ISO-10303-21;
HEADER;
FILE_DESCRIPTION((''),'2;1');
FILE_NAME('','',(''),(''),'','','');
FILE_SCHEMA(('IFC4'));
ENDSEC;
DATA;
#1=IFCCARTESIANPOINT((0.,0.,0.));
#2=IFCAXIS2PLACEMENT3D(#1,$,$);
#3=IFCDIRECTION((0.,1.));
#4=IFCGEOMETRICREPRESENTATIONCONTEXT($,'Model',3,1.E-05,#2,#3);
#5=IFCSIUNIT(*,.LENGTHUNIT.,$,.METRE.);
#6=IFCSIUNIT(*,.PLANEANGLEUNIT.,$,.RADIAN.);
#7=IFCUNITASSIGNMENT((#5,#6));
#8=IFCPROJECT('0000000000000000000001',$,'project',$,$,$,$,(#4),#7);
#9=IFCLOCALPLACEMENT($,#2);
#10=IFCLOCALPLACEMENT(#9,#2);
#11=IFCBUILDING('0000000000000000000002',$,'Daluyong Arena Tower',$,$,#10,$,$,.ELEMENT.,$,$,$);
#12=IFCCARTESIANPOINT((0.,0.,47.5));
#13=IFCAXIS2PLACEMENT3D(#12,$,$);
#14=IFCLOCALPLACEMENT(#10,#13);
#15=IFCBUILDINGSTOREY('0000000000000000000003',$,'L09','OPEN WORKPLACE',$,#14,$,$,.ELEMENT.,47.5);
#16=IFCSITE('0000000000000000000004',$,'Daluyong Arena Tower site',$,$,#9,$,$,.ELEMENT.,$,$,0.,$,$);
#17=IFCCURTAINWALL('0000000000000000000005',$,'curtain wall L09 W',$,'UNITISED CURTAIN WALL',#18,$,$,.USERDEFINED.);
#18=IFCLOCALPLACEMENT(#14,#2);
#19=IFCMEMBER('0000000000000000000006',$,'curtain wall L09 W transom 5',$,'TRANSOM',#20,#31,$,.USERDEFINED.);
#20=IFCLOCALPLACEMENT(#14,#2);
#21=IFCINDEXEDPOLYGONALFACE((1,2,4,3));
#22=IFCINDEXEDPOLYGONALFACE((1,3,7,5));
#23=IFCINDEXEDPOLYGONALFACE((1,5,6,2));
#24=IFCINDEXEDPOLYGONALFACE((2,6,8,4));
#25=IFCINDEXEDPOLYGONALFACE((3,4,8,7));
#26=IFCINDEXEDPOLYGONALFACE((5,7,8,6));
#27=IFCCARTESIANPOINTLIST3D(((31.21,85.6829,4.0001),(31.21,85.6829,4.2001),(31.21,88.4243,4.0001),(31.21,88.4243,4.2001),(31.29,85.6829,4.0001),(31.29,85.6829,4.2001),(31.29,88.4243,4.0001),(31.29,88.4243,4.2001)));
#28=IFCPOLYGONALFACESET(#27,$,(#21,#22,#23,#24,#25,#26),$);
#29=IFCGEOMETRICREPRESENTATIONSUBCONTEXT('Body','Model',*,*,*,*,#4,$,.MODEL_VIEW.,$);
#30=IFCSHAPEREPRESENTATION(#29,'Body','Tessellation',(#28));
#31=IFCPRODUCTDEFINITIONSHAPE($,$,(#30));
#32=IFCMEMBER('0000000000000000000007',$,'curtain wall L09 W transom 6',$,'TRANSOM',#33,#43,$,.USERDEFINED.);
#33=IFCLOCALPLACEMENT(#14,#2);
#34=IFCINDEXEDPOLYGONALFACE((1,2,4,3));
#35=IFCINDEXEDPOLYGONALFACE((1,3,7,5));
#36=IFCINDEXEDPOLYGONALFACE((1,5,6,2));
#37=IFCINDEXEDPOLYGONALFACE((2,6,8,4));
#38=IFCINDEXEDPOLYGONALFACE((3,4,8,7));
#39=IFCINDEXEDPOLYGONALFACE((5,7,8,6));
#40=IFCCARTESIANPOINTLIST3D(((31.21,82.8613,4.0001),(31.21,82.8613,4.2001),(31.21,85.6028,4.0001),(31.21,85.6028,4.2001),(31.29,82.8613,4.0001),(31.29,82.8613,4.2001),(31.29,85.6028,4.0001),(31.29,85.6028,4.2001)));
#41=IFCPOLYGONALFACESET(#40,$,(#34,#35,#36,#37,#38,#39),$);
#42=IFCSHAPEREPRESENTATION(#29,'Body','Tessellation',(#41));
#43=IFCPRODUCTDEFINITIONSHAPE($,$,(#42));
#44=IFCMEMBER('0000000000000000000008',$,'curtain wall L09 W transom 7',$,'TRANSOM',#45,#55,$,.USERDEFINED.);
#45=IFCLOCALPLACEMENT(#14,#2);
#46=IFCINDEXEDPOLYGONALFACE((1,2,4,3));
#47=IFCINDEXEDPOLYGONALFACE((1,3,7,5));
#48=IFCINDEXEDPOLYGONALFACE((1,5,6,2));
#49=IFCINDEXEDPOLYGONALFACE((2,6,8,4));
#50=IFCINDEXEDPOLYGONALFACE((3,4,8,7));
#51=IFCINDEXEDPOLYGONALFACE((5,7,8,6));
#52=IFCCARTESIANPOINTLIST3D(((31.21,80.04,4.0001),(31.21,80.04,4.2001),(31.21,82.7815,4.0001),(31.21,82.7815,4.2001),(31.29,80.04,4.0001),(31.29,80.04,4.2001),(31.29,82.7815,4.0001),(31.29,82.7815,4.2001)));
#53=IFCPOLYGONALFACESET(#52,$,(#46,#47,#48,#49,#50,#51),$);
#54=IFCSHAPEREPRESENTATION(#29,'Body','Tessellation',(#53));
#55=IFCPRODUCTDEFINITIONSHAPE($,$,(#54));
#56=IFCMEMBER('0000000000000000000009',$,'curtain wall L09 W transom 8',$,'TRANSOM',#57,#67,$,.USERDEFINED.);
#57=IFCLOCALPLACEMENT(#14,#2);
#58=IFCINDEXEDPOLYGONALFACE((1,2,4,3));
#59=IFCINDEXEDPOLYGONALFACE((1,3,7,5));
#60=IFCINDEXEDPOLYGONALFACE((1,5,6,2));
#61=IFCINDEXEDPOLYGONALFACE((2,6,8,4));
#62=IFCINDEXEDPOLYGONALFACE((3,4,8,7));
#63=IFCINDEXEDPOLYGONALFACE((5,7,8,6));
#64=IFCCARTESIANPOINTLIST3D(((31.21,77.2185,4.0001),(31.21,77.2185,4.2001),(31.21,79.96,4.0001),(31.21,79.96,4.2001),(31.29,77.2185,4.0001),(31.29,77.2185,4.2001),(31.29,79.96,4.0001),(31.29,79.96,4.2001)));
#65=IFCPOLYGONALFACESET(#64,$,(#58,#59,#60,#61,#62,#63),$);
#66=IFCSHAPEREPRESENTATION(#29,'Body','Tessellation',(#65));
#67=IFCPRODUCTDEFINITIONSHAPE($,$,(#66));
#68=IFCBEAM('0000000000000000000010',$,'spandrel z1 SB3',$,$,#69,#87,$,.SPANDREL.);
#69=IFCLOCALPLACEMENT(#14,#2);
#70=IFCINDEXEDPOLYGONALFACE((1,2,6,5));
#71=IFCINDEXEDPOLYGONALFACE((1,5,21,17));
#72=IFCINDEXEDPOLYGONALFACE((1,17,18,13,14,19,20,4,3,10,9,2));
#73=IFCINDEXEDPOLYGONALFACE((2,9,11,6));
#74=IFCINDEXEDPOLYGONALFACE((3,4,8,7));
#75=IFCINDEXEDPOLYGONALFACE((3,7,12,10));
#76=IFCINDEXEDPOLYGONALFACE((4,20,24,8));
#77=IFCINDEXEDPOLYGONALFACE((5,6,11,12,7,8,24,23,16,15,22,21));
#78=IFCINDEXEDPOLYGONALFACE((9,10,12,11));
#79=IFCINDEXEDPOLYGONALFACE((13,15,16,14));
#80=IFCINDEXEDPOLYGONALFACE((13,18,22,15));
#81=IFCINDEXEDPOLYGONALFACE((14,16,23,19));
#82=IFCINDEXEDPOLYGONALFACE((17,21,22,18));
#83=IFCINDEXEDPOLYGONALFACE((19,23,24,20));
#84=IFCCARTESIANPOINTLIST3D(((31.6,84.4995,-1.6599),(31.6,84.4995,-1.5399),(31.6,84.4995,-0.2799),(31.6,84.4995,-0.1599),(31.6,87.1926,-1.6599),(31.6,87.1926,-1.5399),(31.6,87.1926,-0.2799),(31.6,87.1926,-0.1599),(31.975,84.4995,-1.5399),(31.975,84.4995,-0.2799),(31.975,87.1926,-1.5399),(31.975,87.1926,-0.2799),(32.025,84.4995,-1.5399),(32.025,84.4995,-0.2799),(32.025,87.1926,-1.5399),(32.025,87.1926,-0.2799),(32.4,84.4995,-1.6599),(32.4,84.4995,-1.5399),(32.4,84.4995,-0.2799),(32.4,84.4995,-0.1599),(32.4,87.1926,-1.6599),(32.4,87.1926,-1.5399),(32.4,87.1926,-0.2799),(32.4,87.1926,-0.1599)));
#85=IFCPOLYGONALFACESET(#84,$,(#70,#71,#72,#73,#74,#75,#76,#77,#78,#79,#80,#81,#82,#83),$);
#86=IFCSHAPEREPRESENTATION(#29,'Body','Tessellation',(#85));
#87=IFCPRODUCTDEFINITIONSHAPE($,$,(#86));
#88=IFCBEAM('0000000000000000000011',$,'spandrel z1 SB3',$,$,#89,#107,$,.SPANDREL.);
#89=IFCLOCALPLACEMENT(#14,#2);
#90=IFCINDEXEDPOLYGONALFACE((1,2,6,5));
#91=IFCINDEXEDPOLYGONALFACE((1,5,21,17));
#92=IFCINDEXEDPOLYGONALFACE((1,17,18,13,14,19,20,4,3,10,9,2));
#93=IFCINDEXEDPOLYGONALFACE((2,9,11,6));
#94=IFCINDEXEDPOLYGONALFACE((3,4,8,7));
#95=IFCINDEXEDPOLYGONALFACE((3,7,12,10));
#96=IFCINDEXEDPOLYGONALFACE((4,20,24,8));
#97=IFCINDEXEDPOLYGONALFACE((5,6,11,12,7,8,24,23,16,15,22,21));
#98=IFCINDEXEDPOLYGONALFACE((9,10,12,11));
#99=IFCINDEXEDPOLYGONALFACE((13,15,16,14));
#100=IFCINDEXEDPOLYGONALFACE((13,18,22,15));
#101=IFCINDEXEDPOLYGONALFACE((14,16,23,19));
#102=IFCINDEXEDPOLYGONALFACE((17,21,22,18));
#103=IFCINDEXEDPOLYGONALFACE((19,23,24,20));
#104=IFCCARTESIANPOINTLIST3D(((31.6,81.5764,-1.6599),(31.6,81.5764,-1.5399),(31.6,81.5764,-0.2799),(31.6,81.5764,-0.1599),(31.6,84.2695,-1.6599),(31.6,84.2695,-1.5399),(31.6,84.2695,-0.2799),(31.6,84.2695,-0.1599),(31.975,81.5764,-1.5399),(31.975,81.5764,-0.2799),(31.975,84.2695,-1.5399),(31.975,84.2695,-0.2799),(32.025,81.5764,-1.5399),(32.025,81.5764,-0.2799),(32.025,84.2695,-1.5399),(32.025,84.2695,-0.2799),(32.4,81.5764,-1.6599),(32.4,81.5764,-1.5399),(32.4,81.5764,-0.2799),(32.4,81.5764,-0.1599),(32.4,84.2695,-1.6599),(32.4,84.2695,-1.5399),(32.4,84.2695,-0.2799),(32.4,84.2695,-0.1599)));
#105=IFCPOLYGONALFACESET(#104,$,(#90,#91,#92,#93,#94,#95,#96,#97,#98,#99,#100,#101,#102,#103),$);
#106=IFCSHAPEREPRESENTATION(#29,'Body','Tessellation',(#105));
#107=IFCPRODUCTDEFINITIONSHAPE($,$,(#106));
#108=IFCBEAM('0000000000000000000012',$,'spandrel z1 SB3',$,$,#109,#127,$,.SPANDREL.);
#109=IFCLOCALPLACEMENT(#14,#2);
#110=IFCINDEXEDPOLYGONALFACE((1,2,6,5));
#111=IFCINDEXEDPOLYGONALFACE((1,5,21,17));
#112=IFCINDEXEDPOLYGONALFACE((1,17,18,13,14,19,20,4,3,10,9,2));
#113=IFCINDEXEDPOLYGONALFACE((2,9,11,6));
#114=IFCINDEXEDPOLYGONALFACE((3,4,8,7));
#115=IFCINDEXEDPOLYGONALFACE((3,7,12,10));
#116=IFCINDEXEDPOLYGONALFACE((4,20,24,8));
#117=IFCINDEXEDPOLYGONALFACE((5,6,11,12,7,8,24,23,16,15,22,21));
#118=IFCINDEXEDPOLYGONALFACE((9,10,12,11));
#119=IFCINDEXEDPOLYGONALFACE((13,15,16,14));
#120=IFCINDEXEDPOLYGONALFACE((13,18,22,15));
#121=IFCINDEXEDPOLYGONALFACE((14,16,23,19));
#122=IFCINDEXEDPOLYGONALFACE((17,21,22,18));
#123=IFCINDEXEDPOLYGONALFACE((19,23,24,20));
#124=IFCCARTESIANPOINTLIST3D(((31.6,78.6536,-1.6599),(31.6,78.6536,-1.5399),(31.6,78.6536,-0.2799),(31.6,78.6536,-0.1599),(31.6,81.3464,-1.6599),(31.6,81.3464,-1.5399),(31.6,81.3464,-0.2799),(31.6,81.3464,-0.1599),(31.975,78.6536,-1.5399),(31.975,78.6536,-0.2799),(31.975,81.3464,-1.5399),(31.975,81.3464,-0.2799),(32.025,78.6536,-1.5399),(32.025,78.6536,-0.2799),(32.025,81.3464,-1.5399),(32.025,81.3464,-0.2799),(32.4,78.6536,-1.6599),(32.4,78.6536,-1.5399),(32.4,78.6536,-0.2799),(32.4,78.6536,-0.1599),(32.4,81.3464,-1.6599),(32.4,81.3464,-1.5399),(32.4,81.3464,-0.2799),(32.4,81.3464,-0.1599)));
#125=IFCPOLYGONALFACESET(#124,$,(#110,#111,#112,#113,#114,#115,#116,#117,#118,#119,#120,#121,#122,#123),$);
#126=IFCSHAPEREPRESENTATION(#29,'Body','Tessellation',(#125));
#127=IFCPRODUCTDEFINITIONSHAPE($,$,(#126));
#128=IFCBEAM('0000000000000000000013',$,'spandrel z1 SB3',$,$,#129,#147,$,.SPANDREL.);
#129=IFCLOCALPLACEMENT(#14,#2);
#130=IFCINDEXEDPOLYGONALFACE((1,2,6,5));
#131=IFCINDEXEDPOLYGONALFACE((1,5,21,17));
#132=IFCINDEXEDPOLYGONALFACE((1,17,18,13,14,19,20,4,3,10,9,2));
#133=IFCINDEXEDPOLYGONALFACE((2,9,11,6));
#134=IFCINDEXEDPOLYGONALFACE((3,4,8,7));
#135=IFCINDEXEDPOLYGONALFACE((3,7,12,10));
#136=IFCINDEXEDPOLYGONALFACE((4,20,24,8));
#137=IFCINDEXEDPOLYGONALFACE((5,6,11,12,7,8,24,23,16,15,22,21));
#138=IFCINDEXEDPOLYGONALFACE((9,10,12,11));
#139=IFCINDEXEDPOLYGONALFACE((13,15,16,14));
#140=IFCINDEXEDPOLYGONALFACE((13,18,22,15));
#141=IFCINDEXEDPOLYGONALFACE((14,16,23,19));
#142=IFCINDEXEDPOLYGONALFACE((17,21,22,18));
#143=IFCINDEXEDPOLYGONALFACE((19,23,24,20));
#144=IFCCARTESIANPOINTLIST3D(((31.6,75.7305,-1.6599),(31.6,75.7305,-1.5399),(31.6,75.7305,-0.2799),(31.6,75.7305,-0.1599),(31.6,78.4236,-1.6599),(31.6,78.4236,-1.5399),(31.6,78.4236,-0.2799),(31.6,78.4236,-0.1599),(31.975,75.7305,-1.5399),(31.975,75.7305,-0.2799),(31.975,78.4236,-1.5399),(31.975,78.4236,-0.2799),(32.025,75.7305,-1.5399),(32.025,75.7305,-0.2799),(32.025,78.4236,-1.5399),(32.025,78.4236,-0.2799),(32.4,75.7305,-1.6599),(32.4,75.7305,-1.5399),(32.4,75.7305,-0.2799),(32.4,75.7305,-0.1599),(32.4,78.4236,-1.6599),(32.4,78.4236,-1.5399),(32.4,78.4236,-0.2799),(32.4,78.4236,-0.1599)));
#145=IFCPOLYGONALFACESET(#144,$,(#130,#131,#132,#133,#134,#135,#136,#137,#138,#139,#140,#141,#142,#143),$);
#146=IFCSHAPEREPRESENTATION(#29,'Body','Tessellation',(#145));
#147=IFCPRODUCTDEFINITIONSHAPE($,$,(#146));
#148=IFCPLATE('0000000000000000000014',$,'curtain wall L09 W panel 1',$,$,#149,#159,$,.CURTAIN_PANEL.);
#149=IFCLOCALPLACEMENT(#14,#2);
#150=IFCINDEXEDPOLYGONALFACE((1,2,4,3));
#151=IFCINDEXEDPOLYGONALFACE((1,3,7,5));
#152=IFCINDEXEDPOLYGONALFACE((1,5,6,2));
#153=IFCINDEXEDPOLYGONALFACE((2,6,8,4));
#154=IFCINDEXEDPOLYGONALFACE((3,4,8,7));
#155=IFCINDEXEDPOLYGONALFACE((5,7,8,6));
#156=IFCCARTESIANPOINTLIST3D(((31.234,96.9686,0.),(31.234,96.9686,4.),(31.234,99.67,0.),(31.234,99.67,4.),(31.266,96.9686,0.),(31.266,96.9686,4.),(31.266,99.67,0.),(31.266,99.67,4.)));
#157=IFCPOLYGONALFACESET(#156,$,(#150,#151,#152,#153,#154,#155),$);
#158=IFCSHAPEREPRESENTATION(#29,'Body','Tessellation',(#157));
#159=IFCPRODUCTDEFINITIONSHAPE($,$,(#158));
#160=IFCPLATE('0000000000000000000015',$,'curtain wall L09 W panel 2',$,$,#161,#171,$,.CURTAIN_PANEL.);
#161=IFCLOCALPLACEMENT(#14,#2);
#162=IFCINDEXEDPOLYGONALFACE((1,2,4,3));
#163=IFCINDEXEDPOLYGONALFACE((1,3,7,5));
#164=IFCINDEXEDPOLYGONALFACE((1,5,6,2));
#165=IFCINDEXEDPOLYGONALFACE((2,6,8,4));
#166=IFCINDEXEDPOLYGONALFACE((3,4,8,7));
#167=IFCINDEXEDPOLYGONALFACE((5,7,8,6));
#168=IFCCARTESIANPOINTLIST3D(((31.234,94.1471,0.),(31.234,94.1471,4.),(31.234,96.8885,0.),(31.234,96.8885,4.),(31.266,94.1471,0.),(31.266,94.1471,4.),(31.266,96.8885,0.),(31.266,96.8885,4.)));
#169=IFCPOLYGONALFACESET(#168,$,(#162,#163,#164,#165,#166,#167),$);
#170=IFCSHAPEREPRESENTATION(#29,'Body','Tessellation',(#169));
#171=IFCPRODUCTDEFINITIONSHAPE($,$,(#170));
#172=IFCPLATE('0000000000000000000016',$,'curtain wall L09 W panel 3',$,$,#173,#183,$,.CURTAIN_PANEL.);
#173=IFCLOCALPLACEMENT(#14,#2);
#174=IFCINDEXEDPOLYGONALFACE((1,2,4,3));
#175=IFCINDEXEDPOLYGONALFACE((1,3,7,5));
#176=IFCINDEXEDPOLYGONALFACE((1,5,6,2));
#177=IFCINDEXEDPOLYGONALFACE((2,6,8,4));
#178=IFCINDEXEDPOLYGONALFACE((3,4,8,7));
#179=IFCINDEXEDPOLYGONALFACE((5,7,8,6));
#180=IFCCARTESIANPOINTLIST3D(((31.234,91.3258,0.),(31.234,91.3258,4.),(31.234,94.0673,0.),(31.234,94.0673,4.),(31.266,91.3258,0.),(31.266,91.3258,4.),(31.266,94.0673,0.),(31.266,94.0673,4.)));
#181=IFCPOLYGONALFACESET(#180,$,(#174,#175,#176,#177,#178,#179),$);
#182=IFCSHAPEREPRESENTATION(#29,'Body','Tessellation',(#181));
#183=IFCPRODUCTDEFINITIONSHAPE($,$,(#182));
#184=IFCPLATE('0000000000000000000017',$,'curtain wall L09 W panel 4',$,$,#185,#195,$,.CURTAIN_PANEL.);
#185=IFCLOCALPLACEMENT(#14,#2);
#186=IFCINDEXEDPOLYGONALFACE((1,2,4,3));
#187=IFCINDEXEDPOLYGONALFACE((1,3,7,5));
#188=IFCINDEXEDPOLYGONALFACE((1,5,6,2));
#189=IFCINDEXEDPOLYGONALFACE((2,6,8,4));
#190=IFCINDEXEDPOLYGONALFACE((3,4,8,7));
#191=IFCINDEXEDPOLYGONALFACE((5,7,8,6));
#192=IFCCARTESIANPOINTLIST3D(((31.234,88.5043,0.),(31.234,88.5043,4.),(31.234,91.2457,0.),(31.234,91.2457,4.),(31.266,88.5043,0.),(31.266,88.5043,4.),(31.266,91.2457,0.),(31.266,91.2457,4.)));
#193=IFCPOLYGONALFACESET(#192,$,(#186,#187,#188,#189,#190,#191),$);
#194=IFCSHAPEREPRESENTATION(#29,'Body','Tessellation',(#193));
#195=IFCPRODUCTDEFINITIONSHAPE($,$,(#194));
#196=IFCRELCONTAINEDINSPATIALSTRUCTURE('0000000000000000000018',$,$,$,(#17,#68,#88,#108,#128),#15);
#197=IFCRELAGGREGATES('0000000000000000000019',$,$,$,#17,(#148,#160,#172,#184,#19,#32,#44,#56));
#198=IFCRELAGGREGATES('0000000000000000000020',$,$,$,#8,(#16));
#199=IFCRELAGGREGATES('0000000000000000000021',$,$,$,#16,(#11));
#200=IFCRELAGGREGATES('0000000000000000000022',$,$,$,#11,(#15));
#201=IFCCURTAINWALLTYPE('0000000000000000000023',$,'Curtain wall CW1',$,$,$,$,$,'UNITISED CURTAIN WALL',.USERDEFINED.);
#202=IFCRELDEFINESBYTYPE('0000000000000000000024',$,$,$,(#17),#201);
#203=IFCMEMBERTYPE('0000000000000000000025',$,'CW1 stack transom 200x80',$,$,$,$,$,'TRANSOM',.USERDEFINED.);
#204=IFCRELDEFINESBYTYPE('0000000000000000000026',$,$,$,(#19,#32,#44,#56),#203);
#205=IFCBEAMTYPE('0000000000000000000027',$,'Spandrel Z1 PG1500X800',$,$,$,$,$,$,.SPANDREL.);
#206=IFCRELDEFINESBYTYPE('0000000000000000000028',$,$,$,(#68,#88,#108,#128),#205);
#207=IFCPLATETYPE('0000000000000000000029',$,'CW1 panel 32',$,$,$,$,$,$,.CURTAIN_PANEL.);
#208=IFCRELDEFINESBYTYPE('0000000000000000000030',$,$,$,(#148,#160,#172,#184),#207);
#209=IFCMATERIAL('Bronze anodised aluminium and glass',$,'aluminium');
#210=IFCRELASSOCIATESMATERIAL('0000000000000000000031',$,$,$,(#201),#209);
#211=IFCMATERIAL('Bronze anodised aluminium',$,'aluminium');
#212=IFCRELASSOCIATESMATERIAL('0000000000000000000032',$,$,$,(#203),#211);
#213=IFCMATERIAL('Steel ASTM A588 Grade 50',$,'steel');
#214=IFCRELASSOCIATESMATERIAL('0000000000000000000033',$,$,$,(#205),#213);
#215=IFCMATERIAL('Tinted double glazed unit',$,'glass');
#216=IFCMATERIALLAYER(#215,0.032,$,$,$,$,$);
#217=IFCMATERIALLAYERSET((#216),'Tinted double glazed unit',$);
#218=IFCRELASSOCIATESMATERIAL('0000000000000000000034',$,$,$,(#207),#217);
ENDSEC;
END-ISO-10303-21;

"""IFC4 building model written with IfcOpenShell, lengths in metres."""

from ifc_helpers import new_model, si_unit, direction, frame, origin, origin_2d, place, context, subcontext, project, spatial, rectangle, i_section, extrude, material, layer, layer_set, material_profile, profile_set, type_object, element, aggregate, save


model = new_model("IFC4")

# Units and contexts
model_context = context("Model", 3, precision=1e-05, world=origin(), true_north=direction((0.0, 1.0)))
body_context = subcontext(model_context, "Body", "Model", "MODEL_VIEW")
ifc_project = project(units=[si_unit("LENGTHUNIT", "METRE"), si_unit("PLANEANGLEUNIT", "RADIAN")], contexts=[model_context])

# Site, building, storey
site_placement = place(None, origin())
site = spatial("IfcSite", under=ifc_project, at=site_placement, Name="Daluyong Arena Tower site", CompositionType="ELEMENT", RefElevation=0.0)
building_placement = place(site_placement, origin())
building = spatial("IfcBuilding", under=site, at=building_placement, Name="Daluyong Arena Tower", CompositionType="ELEMENT")
storey_placement = place(building_placement, frame((0.0, 0.0, 47.5)))
storey = spatial("IfcBuildingStorey", under=building, at=storey_placement, Name="L09", Description="OPEN WORKPLACE", CompositionType="ELEMENT", Elevation=47.5)

# Curtain wall, members
ifc_material_1 = material(Name="Bronze anodised aluminium and glass", Category="aluminium")
curtain_wall_type = type_object("IfcCurtainWallType", Name="Curtain wall CW1", ElementType="UNITISED CURTAIN WALL", PredefinedType="USERDEFINED", material=ifc_material_1)
curtain_wall_placement = place(storey_placement, origin())
curtain_wall = element("IfcCurtainWall", 1, at=curtain_wall_placement, inside=storey, type_object=curtain_wall_type, Name="curtain wall L09 W", ObjectType="UNITISED CURTAIN WALL", PredefinedType="USERDEFINED")
ifc_material_2 = material(Name="Bronze anodised aluminium", Category="aluminium")
ifc_material_profile_1 = material_profile(ifc_material_2, rectangle(XDim=0.0801, YDim=0.2, at=origin_2d()))
ifc_profile_set_1 = profile_set([ifc_material_profile_1], Name="Bronze anodised aluminium")
member_type_1 = type_object("IfcMemberType", Name="CW1 stack transom 200x80", ElementType="TRANSOM", PredefinedType="USERDEFINED", material=ifc_profile_set_1)
member_1_placement = place(storey_placement, frame((31.25, 88.4243, 4.1001), z_axis=(0.0, -1.0, 0.0), x_axis=(1.0, 0.0, 0.0)))
member_1 = element("IfcMember", 2, at=member_1_placement, type_object=member_type_1, Name="curtain wall L09 W transom 5", ObjectType="TRANSOM", PredefinedType="USERDEFINED", context=body_context, shape_type="SweptSolid", body=[
    extrude(rectangle(XDim=0.0801, YDim=0.2, at=origin_2d()), origin(), (0.0, 0.0, 1.0), 2.7415),
])
member_2_placement = place(storey_placement, frame((31.25, 85.6028, 4.1001), z_axis=(0.0, -1.0, 0.0), x_axis=(1.0, 0.0, 0.0)))
member_2 = element("IfcMember", 3, at=member_2_placement, type_object=member_type_1, Name="curtain wall L09 W transom 6", ObjectType="TRANSOM", PredefinedType="USERDEFINED", context=body_context, shape_type="SweptSolid", body=[
    extrude(rectangle(XDim=0.0801, YDim=0.2, at=origin_2d()), origin(), (0.0, 0.0, 1.0), 2.7415),
])
member_3_placement = place(storey_placement, frame((31.25, 82.7815, 4.1001), z_axis=(0.0, -1.0, 0.0), x_axis=(1.0, 0.0, 0.0)))
member_3 = element("IfcMember", 4, at=member_3_placement, type_object=member_type_1, Name="curtain wall L09 W transom 7", ObjectType="TRANSOM", PredefinedType="USERDEFINED", context=body_context, shape_type="SweptSolid", body=[
    extrude(rectangle(XDim=0.0801, YDim=0.2, at=origin_2d()), origin(), (0.0, 0.0, 1.0), 2.7415),
])
member_4_placement = place(storey_placement, frame((31.25, 79.96, 4.1001), z_axis=(0.0, -1.0, 0.0), x_axis=(1.0, 0.0, 0.0)))
member_4 = element("IfcMember", 5, at=member_4_placement, type_object=member_type_1, Name="curtain wall L09 W transom 8", ObjectType="TRANSOM", PredefinedType="USERDEFINED", context=body_context, shape_type="SweptSolid", body=[
    extrude(rectangle(XDim=0.0801, YDim=0.2, at=origin_2d()), origin(), (0.0, 0.0, 1.0), 2.7415),
])

# Beams
ifc_material_3 = material(Name="Steel ASTM A588 Grade 50", Category="steel")
ifc_material_profile_2 = material_profile(ifc_material_3, i_section(OverallWidth=0.8, OverallDepth=1.5, WebThickness=0.05, FlangeThickness=0.12, at=origin_2d()))
ifc_profile_set_2 = profile_set([ifc_material_profile_2], Name="Steel ASTM A588 Grade 50")
beam_type = type_object("IfcBeamType", Name="Spandrel Z1 PG1500X800", PredefinedType="SPANDREL", material=ifc_profile_set_2)
for number, where, z_axis, x_axis, name in (
    (6, (32.0, 87.1926, -0.9099), (0.0, -1.0, 0.0), (1.0, 0.0, 0.0), "spandrel z1 SB3"),
    (7, (32.0, 84.2695, -0.9099), (0.0, -1.0, 0.0), (1.0, 0.0, 0.0), "spandrel z1 SB3"),
):
    element("IfcBeam", number, at=place(storey_placement, frame(where, z_axis=z_axis, x_axis=x_axis)), inside=storey, type_object=beam_type, Name=name, PredefinedType="SPANDREL", context=body_context, shape_type="SweptSolid", body=[
        extrude(i_section(OverallWidth=0.8, OverallDepth=1.5, WebThickness=0.05, FlangeThickness=0.12, at=origin_2d()), origin(), (0.0, 0.0, 1.0), 2.6931),
    ])
beam_1_placement = place(storey_placement, frame((32.0, 81.3464, -0.9099), z_axis=(0.0, -1.0, 0.0), x_axis=(1.0, 0.0, 0.0)))
element("IfcBeam", 8, at=beam_1_placement, inside=storey, type_object=beam_type, Name="spandrel z1 SB3", PredefinedType="SPANDREL", context=body_context, shape_type="SweptSolid", body=[
    extrude(i_section(OverallWidth=0.8, OverallDepth=1.5, WebThickness=0.05, FlangeThickness=0.12, at=origin_2d()), origin(), (0.0, 0.0, 1.0), 2.6929),
])
beam_2_placement = place(storey_placement, frame((32.0, 78.4236, -0.9099), z_axis=(0.0, -1.0, 0.0), x_axis=(1.0, 0.0, 0.0)))
element("IfcBeam", 9, at=beam_2_placement, inside=storey, type_object=beam_type, Name="spandrel z1 SB3", PredefinedType="SPANDREL", context=body_context, shape_type="SweptSolid", body=[
    extrude(i_section(OverallWidth=0.8, OverallDepth=1.5, WebThickness=0.05, FlangeThickness=0.12, at=origin_2d()), origin(), (0.0, 0.0, 1.0), 2.6931),
])

# Plates
ifc_material_4 = material(Name="Tinted double glazed unit", Category="glass")
ifc_layer_1 = layer(ifc_material_4, 0.032)
ifc_layer_set_1 = layer_set([ifc_layer_1], Name="Tinted double glazed unit")
plate_type = type_object("IfcPlateType", Name="CW1 panel 32", PredefinedType="CURTAIN_PANEL", material=ifc_layer_set_1)
plate_1_placement = place(storey_placement, frame((31.25, 98.3193, 0.0), z_axis=(0.0, 0.0, 1.0), x_axis=(0.0, -1.0, 0.0)))
plate_1 = element("IfcPlate", 10, at=plate_1_placement, type_object=plate_type, Name="curtain wall L09 W panel 1", PredefinedType="CURTAIN_PANEL", context=body_context, shape_type="SweptSolid", body=[
    extrude(rectangle(XDim=2.7014, YDim=0.032, at=origin_2d()), origin(), (0.0, 0.0, 1.0), 4.0),
])
plate_2_placement = place(storey_placement, frame((31.25, 95.5178, 0.0), z_axis=(0.0, 0.0, 1.0), x_axis=(0.0, -1.0, 0.0)))
plate_2 = element("IfcPlate", 11, at=plate_2_placement, type_object=plate_type, Name="curtain wall L09 W panel 2", PredefinedType="CURTAIN_PANEL", context=body_context, shape_type="SweptSolid", body=[
    extrude(rectangle(XDim=2.7415, YDim=0.032, at=origin_2d()), origin(), (0.0, 0.0, 1.0), 4.0),
])
plate_3_placement = place(storey_placement, frame((31.25, 92.6965, 0.0), z_axis=(0.0, 0.0, 1.0), x_axis=(0.0, -1.0, 0.0)))
plate_3 = element("IfcPlate", 12, at=plate_3_placement, type_object=plate_type, Name="curtain wall L09 W panel 3", PredefinedType="CURTAIN_PANEL", context=body_context, shape_type="SweptSolid", body=[
    extrude(rectangle(XDim=2.7415, YDim=0.032, at=origin_2d()), origin(), (0.0, 0.0, 1.0), 4.0),
])
plate_4_placement = place(storey_placement, frame((31.25, 89.875, 0.0), z_axis=(0.0, 0.0, 1.0), x_axis=(0.0, -1.0, 0.0)))
plate_4 = element("IfcPlate", 13, at=plate_4_placement, type_object=plate_type, Name="curtain wall L09 W panel 4", PredefinedType="CURTAIN_PANEL", context=body_context, shape_type="SweptSolid", body=[
    extrude(rectangle(XDim=2.7415, YDim=0.032, at=origin_2d()), origin(), (0.0, 0.0, 1.0), 4.0),
])
aggregate(curtain_wall, [plate_1, plate_2, plate_3, plate_4, member_1, member_2, member_3, member_4])

save(model, "model.ifc")
